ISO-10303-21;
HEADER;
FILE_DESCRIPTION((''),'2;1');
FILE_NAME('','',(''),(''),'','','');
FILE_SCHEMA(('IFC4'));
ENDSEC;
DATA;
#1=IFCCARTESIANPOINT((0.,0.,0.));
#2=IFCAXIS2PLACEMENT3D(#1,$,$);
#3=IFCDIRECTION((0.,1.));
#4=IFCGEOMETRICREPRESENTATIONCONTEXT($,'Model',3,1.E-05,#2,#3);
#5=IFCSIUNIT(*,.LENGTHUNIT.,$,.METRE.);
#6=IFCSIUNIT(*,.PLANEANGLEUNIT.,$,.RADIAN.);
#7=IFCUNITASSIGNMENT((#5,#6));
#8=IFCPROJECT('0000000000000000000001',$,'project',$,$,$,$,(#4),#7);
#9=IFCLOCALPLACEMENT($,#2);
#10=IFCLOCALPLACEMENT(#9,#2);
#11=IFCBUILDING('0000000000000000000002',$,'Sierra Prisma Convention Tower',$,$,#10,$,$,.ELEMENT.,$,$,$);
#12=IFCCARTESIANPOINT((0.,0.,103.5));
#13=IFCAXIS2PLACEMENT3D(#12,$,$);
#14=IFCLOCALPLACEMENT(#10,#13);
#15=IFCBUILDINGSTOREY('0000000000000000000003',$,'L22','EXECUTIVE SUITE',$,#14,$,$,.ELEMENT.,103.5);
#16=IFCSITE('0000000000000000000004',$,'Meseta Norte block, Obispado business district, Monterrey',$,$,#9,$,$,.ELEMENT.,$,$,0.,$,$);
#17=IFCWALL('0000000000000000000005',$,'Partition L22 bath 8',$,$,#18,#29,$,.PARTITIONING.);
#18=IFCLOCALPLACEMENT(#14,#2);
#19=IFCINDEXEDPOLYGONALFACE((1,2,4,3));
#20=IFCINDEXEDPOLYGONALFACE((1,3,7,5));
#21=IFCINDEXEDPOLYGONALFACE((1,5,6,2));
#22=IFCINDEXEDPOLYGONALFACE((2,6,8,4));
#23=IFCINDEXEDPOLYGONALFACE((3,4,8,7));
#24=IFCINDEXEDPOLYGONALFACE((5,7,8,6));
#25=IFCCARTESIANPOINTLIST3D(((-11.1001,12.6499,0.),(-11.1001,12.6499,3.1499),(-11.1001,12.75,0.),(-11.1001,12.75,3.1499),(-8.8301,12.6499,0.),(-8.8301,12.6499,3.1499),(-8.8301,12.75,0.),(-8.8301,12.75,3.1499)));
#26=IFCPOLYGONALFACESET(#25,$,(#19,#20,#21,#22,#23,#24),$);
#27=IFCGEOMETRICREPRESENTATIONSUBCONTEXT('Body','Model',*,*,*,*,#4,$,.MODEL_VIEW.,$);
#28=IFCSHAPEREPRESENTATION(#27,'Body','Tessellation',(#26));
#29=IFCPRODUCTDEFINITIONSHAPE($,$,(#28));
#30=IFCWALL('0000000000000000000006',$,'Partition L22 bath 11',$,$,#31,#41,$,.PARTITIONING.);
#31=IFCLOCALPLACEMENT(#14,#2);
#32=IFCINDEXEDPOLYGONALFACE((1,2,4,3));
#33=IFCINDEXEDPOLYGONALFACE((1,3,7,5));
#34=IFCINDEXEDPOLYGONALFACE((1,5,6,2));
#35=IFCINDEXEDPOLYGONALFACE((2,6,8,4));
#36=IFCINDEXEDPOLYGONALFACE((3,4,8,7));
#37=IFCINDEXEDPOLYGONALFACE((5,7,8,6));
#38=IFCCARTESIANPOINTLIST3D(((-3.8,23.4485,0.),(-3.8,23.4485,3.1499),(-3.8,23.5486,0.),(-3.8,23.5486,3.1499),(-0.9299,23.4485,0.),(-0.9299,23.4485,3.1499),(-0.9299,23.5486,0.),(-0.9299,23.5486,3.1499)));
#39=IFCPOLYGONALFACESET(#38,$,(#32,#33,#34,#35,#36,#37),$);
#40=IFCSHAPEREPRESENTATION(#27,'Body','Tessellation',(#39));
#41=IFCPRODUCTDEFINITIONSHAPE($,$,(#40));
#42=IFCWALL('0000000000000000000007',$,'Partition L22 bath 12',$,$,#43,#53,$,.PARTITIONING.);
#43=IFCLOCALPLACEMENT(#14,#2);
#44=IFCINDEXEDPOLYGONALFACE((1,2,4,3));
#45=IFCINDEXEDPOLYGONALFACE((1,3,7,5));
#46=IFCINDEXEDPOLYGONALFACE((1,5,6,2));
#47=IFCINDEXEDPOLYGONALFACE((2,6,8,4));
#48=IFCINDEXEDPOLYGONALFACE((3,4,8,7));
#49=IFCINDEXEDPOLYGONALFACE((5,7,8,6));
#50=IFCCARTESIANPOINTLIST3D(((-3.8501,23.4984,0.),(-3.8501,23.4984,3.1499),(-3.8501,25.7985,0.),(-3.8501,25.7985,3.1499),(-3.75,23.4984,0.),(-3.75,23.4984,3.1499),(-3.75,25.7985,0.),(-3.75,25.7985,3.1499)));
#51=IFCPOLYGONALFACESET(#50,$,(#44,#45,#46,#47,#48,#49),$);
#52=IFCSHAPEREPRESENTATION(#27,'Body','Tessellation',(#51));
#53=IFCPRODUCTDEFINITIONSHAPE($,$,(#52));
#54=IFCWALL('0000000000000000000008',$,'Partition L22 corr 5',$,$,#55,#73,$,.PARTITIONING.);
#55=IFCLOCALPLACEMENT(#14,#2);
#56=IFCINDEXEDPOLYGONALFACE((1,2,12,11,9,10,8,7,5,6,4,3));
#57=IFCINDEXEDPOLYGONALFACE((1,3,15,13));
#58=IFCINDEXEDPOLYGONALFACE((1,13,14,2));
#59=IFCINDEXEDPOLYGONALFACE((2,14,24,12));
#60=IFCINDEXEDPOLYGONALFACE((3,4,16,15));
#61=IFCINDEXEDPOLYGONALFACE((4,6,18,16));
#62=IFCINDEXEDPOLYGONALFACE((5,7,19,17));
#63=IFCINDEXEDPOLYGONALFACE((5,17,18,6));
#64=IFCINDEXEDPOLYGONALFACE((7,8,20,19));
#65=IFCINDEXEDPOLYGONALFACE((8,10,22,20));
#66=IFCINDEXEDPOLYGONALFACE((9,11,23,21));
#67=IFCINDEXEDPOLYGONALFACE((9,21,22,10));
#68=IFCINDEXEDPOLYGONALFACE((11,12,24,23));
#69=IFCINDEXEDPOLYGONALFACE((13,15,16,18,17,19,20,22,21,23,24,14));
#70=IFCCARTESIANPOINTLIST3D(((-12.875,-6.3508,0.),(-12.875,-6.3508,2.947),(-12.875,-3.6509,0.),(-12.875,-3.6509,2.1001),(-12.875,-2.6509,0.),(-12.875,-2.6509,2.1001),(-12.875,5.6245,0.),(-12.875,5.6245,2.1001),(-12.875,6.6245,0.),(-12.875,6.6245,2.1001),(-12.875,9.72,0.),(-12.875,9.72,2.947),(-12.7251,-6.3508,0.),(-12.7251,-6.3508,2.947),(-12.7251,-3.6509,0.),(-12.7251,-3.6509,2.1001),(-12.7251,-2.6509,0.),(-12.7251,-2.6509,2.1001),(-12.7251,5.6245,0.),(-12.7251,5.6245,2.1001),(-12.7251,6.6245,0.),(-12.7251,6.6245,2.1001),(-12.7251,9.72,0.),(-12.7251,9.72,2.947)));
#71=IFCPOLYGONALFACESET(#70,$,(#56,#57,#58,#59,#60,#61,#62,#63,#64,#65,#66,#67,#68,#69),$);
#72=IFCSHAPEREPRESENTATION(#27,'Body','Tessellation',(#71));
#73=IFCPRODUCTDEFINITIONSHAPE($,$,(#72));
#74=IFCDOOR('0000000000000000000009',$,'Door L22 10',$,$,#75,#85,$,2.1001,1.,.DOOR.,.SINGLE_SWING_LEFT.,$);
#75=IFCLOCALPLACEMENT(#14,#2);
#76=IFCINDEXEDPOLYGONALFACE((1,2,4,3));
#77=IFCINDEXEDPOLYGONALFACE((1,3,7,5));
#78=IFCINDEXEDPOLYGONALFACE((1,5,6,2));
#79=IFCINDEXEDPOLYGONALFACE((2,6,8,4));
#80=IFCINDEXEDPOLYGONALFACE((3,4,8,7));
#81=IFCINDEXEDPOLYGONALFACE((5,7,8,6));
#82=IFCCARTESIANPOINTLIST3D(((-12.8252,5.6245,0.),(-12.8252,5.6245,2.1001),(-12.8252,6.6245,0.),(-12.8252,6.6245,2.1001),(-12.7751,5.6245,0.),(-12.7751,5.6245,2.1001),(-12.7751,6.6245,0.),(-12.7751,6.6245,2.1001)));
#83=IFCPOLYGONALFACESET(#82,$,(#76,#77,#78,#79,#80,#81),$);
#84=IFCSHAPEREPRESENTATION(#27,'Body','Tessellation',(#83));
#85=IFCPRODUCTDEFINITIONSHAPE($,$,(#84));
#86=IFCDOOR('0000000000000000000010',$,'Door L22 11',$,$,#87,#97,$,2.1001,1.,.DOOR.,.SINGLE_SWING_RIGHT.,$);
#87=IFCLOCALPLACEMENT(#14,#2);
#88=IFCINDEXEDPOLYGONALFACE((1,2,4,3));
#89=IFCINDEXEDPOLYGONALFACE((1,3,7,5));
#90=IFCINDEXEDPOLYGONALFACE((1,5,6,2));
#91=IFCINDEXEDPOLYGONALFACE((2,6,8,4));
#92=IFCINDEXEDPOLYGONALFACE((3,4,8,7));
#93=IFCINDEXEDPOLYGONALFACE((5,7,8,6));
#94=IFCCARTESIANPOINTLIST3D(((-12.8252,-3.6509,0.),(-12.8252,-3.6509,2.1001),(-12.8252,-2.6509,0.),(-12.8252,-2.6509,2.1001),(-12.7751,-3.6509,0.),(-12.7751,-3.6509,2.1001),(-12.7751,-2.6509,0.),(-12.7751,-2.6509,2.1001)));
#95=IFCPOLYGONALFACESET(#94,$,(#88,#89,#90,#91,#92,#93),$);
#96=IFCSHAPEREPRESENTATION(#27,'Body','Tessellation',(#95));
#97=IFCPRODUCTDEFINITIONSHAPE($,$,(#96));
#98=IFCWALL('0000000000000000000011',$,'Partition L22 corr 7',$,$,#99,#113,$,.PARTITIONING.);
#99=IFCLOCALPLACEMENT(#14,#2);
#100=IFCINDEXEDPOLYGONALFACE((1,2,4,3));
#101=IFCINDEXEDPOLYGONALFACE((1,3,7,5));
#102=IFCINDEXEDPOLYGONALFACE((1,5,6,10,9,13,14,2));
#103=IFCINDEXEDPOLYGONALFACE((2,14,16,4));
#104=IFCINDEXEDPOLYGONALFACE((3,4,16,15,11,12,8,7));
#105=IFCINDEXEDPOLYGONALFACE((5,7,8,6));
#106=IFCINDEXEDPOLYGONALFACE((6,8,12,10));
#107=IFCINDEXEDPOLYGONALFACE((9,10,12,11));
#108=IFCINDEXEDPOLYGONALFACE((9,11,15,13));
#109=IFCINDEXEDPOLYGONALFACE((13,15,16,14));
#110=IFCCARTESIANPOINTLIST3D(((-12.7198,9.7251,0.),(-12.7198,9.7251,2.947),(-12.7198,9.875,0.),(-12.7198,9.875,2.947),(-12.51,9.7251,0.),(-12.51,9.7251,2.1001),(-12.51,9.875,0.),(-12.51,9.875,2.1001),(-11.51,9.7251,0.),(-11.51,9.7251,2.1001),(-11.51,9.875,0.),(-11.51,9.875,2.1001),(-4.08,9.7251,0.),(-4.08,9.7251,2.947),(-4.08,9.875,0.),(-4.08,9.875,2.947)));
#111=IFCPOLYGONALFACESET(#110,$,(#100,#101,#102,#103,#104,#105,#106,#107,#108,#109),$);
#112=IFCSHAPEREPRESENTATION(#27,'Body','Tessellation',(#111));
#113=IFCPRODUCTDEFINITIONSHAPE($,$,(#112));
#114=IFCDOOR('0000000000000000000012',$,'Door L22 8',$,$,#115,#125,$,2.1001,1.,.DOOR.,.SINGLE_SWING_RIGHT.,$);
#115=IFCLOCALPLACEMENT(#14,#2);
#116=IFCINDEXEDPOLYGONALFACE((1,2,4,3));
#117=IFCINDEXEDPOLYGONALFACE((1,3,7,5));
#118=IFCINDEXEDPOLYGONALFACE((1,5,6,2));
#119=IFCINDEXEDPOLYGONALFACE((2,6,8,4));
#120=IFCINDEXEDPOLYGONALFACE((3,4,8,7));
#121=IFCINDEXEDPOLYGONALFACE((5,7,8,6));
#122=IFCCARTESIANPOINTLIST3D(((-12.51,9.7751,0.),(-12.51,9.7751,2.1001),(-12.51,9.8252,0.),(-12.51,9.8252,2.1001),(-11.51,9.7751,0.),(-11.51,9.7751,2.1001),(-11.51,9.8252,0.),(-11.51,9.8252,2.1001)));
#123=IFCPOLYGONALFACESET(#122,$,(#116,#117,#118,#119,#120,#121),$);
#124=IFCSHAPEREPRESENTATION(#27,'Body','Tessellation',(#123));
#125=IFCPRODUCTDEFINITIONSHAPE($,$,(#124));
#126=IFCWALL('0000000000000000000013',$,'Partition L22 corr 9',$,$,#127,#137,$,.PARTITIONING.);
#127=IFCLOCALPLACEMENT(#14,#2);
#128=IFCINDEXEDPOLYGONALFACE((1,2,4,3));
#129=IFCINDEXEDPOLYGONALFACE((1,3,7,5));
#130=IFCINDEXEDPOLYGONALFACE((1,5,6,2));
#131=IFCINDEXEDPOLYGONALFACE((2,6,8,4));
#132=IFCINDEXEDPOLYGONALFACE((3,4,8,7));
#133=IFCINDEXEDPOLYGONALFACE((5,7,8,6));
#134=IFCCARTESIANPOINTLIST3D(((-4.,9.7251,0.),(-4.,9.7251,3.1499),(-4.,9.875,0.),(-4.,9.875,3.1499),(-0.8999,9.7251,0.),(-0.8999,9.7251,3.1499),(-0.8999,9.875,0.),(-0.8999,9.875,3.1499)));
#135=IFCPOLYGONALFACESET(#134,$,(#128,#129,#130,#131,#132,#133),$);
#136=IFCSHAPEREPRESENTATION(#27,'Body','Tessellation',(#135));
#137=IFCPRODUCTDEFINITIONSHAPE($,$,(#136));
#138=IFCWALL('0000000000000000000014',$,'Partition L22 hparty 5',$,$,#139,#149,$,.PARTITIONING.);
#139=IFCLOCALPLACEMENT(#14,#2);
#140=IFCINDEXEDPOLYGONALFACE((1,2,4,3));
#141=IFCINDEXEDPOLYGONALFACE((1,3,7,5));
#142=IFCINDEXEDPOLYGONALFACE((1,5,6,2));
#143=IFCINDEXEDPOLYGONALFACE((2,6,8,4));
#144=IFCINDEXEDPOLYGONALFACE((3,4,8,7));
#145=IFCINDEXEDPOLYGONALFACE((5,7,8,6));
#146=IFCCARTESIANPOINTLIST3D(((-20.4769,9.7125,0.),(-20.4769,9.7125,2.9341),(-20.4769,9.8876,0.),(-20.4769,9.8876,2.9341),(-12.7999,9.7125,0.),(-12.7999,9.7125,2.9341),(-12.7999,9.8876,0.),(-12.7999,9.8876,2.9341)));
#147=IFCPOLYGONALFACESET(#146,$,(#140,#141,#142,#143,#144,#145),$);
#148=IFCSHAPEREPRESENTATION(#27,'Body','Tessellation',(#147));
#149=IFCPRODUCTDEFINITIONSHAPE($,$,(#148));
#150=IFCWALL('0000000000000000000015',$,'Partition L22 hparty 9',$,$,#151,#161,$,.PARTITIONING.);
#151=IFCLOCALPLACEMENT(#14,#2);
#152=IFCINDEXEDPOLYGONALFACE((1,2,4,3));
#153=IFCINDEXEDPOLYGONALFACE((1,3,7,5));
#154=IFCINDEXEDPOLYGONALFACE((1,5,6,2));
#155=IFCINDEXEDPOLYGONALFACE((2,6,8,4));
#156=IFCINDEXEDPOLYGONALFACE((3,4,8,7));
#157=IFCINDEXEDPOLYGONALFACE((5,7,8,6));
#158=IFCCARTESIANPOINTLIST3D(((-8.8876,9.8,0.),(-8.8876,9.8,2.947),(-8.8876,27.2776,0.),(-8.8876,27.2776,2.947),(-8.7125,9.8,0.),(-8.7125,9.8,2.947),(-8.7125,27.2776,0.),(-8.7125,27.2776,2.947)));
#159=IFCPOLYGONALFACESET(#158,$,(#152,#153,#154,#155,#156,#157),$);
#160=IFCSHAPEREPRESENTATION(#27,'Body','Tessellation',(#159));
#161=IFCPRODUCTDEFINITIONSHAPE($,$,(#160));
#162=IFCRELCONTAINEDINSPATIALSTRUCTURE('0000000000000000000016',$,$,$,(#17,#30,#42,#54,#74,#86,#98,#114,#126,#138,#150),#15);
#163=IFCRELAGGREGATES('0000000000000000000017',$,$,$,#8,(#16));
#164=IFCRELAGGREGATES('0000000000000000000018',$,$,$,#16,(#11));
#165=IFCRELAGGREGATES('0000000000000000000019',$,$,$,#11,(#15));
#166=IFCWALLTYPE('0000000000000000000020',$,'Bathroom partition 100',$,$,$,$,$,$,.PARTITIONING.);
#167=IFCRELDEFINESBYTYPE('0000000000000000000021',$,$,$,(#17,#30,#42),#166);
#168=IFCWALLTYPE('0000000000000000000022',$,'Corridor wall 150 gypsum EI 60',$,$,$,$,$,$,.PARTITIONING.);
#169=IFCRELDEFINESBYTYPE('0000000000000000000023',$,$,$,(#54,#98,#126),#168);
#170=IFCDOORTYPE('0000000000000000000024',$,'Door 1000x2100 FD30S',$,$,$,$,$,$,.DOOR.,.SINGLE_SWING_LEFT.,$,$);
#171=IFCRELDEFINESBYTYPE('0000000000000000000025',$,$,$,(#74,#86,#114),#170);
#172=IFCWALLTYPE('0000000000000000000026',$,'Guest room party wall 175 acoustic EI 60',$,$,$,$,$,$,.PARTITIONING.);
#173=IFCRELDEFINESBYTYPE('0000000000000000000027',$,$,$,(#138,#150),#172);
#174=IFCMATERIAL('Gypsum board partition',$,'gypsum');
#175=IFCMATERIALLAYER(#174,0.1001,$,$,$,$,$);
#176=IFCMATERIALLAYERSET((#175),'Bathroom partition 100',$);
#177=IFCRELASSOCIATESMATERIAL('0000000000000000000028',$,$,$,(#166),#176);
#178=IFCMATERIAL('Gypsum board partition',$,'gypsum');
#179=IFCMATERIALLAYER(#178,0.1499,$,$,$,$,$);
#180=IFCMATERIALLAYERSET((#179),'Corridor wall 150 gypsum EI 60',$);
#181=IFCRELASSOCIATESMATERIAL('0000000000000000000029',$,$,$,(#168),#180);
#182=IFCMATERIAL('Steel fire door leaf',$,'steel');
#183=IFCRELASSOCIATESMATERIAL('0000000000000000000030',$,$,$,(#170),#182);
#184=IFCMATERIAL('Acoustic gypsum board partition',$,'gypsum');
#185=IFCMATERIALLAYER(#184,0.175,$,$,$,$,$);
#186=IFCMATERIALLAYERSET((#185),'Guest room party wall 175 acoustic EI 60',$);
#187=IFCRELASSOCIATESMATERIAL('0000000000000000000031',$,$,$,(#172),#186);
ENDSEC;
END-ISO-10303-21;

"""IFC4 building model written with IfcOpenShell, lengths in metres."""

from ifc_helpers import new_model, si_unit, direction, frame, frame_2d, origin, place, context, subcontext, project, spatial, rectangle, extrude, material, layer, layer_set, type_object, element, fill, save


model = new_model("IFC4")

# Units and contexts
model_context = context("Model", 3, precision=1e-05, world=origin(), true_north=direction((0.0, 1.0)))
body_context = subcontext(model_context, "Body", "Model", "MODEL_VIEW")
ifc_project = project(units=[si_unit("LENGTHUNIT", "METRE"), si_unit("PLANEANGLEUNIT", "RADIAN")], contexts=[model_context])

# Site, building, storey
site_placement = place(None, origin())
site = spatial("IfcSite", under=ifc_project, at=site_placement, Name="Meseta Norte block, Obispado business district, Monterrey", CompositionType="ELEMENT", RefElevation=0.0)
building_placement = place(site_placement, origin())
building = spatial("IfcBuilding", under=site, at=building_placement, Name="Sierra Prisma Convention Tower", CompositionType="ELEMENT")
storey_placement = place(building_placement, frame((0.0, 0.0, 103.5)))
storey = spatial("IfcBuildingStorey", under=building, at=storey_placement, Name="L22", Description="EXECUTIVE SUITE", CompositionType="ELEMENT", Elevation=103.5)

# Shared definitions
ifc_material_1 = material(Name="Gypsum board partition", Category="gypsum")
ifc_layer_1 = layer(ifc_material_1, 0.1001)
ifc_layer_set_1 = layer_set([ifc_layer_1], Name="Bathroom partition 100")
wall_type_1 = type_object("IfcWallType", Name="Bathroom partition 100", PredefinedType="PARTITIONING", material=ifc_layer_set_1)

# Walls
wall_1_placement = place(storey_placement, frame((-11.1001, 12.7, 0.0), z_axis=(0.0, 0.0, 1.0), x_axis=(1.0, 0.0, 0.0)))
element("IfcWall", 1, at=wall_1_placement, inside=storey, type_object=wall_type_1, Name="Partition L22 bath 8", PredefinedType="PARTITIONING", context=body_context, shape_type="SweptSolid", body=[
    extrude(rectangle(XDim=2.27, YDim=0.1001, at=frame_2d((1.135, 0.0))), origin(), (0.0, 0.0, 1.0), 3.1499),
])
wall_2_placement = place(storey_placement, frame((-0.9299, 23.4985, 0.0), z_axis=(0.0, 0.0, 1.0), x_axis=(-1.0, 0.0, 0.0)))
element("IfcWall", 2, at=wall_2_placement, inside=storey, type_object=wall_type_1, Name="Partition L22 bath 11", PredefinedType="PARTITIONING", context=body_context, shape_type="SweptSolid", body=[
    extrude(rectangle(XDim=2.8701, YDim=0.1001, at=frame_2d((1.4351, 0.0))), origin(), (0.0, 0.0, 1.0), 3.1499),
])
wall_3_placement = place(storey_placement, frame((-3.8, 23.4985, 0.0), z_axis=(0.0, 0.0, 1.0), x_axis=(0.0, 1.0, 0.0)))
element("IfcWall", 3, at=wall_3_placement, inside=storey, type_object=wall_type_1, Name="Partition L22 bath 12", PredefinedType="PARTITIONING", context=body_context, shape_type="SweptSolid", body=[
    extrude(rectangle(XDim=2.3, YDim=0.1001, at=frame_2d((1.1499, 0.0))), origin(), (0.0, 0.0, 1.0), 3.1499),
])

# Wall, openings, doors
ifc_material_2 = material(Name="Gypsum board partition", Category="gypsum")
ifc_layer_2 = layer(ifc_material_2, 0.1499)
ifc_layer_set_2 = layer_set([ifc_layer_2], Name="Corridor wall 150 gypsum EI 60")
wall_type_2 = type_object("IfcWallType", Name="Corridor wall 150 gypsum EI 60", PredefinedType="PARTITIONING", material=ifc_layer_set_2)
wall_4_placement = place(storey_placement, frame((-12.8, 9.72, 0.0), z_axis=(0.0, 0.0, 1.0), x_axis=(0.0, -1.0, 0.0)))
wall_4 = element("IfcWall", 4, at=wall_4_placement, inside=storey, type_object=wall_type_2, Name="Partition L22 corr 5", PredefinedType="PARTITIONING", context=body_context, shape_type="SweptSolid", body=[
    extrude(rectangle(XDim=16.0708, YDim=0.1499, at=frame_2d((8.0354, 0.0))), origin(), (0.0, 0.0, 1.0), 2.947),
])
opening_1_placement = place(wall_4_placement, frame((3.0955, 0.0, 0.0)))
opening_1 = element("IfcOpeningElement", 5, at=opening_1_placement, cuts=wall_4, PredefinedType="OPENING", context=body_context, shape_type="SweptSolid", body=[
    extrude(rectangle(XDim=1.0, YDim=2.1001, at=frame_2d((0.5, 1.05))), frame((0.0, 0.075, 0.0), z_axis=(0.0, -1.0, 0.0), x_axis=(1.0, 0.0, 0.0)), (0.0, 0.0, 1.0), 0.1499),
])
opening_2_placement = place(wall_4_placement, frame((12.3708, 0.0, 0.0)))
opening_2 = element("IfcOpeningElement", 6, at=opening_2_placement, cuts=wall_4, PredefinedType="OPENING", context=body_context, shape_type="SweptSolid", body=[
    extrude(rectangle(XDim=1.0, YDim=2.1001, at=frame_2d((0.5, 1.05))), frame((0.0, 0.075, 0.0), z_axis=(0.0, -1.0, 0.0), x_axis=(1.0, 0.0, 0.0)), (0.0, 0.0, 1.0), 0.1499),
])
ifc_material_3 = material(Name="Steel fire door leaf", Category="steel")
door_type_1 = type_object("IfcDoorType", Name="Door 1000x2100 FD30S", OperationType="SINGLE_SWING_LEFT", PredefinedType="DOOR", material=ifc_material_3)
door_1_placement = place(opening_1_placement, origin())
door_1 = element("IfcDoor", 7, at=door_1_placement, inside=storey, type_object=door_type_1, Name="Door L22 10", OperationType="SINGLE_SWING_LEFT", OverallHeight=2.1001, OverallWidth=1.0, PredefinedType="DOOR", context=body_context, shape_type="SweptSolid", body=[
    extrude(rectangle(XDim=1.0, YDim=2.1001, at=frame_2d((0.5, 1.05))), frame((0.0, 0.0249, 0.0), z_axis=(0.0, -1.0, 0.0), x_axis=(1.0, 0.0, 0.0)), (0.0, 0.0, 1.0), 0.05),
])
fill(opening_1, door_1)
door_2_placement = place(opening_2_placement, origin())
door_2 = element("IfcDoor", 8, at=door_2_placement, inside=storey, type_object=door_type_1, Name="Door L22 11", OperationType="SINGLE_SWING_RIGHT", OverallHeight=2.1001, OverallWidth=1.0, PredefinedType="DOOR", context=body_context, shape_type="SweptSolid", body=[
    extrude(rectangle(XDim=1.0, YDim=2.1001, at=frame_2d((0.5, 1.05))), frame((0.0, 0.0249, 0.0), z_axis=(0.0, -1.0, 0.0), x_axis=(1.0, 0.0, 0.0)), (0.0, 0.0, 1.0), 0.05),
])
fill(opening_2, door_2)

# Wall, opening, door
wall_5_placement = place(storey_placement, frame((-4.0801, 9.8, 0.0), z_axis=(0.0, 0.0, 1.0), x_axis=(-1.0, 0.0, 0.0)))
wall_5 = element("IfcWall", 9, at=wall_5_placement, inside=storey, type_object=wall_type_2, Name="Partition L22 corr 7", PredefinedType="PARTITIONING", context=body_context, shape_type="SweptSolid", body=[
    extrude(rectangle(XDim=8.6399, YDim=0.1499, at=frame_2d((4.3198, 0.0))), origin(), (0.0, 0.0, 1.0), 2.947),
])
opening_3_placement = place(wall_5_placement, frame((7.4299, 0.0, 0.0)))
opening_3 = element("IfcOpeningElement", 10, at=opening_3_placement, cuts=wall_5, PredefinedType="OPENING", context=body_context, shape_type="SweptSolid", body=[
    extrude(rectangle(XDim=1.0, YDim=2.1001, at=frame_2d((0.5, 1.05))), frame((0.0, 0.075, 0.0), z_axis=(0.0, -1.0, 0.0), x_axis=(1.0, 0.0, 0.0)), (0.0, 0.0, 1.0), 0.1499),
])
door_3_placement = place(opening_3_placement, origin())
door_3 = element("IfcDoor", 11, at=door_3_placement, inside=storey, type_object=door_type_1, Name="Door L22 8", OperationType="SINGLE_SWING_RIGHT", OverallHeight=2.1001, OverallWidth=1.0, PredefinedType="DOOR", context=body_context, shape_type="SweptSolid", body=[
    extrude(rectangle(XDim=1.0, YDim=2.1001, at=frame_2d((0.5, 1.05))), frame((0.0, 0.0249, 0.0), z_axis=(0.0, -1.0, 0.0), x_axis=(1.0, 0.0, 0.0)), (0.0, 0.0, 1.0), 0.05),
])
fill(opening_3, door_3)

# Walls
wall_6_placement = place(storey_placement, frame((-0.8999, 9.8, 0.0), z_axis=(0.0, 0.0, 1.0), x_axis=(-1.0, 0.0, 0.0)))
element("IfcWall", 12, at=wall_6_placement, inside=storey, type_object=wall_type_2, Name="Partition L22 corr 9", PredefinedType="PARTITIONING", context=body_context, shape_type="SweptSolid", body=[
    extrude(rectangle(XDim=3.1001, YDim=0.1499, at=frame_2d((1.55, 0.0))), origin(), (0.0, 0.0, 1.0), 3.1499),
])
ifc_material_4 = material(Name="Acoustic gypsum board partition", Category="gypsum")
ifc_layer_3 = layer(ifc_material_4, 0.175)
ifc_layer_set_3 = layer_set([ifc_layer_3], Name="Guest room party wall 175 acoustic EI 60")
wall_type_3 = type_object("IfcWallType", Name="Guest room party wall 175 acoustic EI 60", PredefinedType="PARTITIONING", material=ifc_layer_set_3)
wall_7_placement = place(storey_placement, frame((-12.8, 9.8, 0.0), z_axis=(0.0, 0.0, 1.0), x_axis=(-1.0, 0.0, 0.0)))
element("IfcWall", 13, at=wall_7_placement, inside=storey, type_object=wall_type_3, Name="Partition L22 hparty 5", PredefinedType="PARTITIONING", context=body_context, shape_type="SweptSolid", body=[
    extrude(rectangle(XDim=7.677, YDim=0.175, at=frame_2d((3.8384, 0.0))), origin(), (0.0, 0.0, 1.0), 2.9341),
])
wall_8_placement = place(storey_placement, frame((-8.8, 9.8, 0.0), z_axis=(0.0, 0.0, 1.0), x_axis=(0.0, 1.0, 0.0)))
element("IfcWall", 14, at=wall_8_placement, inside=storey, type_object=wall_type_3, Name="Partition L22 hparty 9", PredefinedType="PARTITIONING", context=body_context, shape_type="SweptSolid", body=[
    extrude(rectangle(XDim=17.4775, YDim=0.175, at=frame_2d((8.7388, 0.0))), origin(), (0.0, 0.0, 1.0), 2.947),
])

save(model, "model.ifc")
